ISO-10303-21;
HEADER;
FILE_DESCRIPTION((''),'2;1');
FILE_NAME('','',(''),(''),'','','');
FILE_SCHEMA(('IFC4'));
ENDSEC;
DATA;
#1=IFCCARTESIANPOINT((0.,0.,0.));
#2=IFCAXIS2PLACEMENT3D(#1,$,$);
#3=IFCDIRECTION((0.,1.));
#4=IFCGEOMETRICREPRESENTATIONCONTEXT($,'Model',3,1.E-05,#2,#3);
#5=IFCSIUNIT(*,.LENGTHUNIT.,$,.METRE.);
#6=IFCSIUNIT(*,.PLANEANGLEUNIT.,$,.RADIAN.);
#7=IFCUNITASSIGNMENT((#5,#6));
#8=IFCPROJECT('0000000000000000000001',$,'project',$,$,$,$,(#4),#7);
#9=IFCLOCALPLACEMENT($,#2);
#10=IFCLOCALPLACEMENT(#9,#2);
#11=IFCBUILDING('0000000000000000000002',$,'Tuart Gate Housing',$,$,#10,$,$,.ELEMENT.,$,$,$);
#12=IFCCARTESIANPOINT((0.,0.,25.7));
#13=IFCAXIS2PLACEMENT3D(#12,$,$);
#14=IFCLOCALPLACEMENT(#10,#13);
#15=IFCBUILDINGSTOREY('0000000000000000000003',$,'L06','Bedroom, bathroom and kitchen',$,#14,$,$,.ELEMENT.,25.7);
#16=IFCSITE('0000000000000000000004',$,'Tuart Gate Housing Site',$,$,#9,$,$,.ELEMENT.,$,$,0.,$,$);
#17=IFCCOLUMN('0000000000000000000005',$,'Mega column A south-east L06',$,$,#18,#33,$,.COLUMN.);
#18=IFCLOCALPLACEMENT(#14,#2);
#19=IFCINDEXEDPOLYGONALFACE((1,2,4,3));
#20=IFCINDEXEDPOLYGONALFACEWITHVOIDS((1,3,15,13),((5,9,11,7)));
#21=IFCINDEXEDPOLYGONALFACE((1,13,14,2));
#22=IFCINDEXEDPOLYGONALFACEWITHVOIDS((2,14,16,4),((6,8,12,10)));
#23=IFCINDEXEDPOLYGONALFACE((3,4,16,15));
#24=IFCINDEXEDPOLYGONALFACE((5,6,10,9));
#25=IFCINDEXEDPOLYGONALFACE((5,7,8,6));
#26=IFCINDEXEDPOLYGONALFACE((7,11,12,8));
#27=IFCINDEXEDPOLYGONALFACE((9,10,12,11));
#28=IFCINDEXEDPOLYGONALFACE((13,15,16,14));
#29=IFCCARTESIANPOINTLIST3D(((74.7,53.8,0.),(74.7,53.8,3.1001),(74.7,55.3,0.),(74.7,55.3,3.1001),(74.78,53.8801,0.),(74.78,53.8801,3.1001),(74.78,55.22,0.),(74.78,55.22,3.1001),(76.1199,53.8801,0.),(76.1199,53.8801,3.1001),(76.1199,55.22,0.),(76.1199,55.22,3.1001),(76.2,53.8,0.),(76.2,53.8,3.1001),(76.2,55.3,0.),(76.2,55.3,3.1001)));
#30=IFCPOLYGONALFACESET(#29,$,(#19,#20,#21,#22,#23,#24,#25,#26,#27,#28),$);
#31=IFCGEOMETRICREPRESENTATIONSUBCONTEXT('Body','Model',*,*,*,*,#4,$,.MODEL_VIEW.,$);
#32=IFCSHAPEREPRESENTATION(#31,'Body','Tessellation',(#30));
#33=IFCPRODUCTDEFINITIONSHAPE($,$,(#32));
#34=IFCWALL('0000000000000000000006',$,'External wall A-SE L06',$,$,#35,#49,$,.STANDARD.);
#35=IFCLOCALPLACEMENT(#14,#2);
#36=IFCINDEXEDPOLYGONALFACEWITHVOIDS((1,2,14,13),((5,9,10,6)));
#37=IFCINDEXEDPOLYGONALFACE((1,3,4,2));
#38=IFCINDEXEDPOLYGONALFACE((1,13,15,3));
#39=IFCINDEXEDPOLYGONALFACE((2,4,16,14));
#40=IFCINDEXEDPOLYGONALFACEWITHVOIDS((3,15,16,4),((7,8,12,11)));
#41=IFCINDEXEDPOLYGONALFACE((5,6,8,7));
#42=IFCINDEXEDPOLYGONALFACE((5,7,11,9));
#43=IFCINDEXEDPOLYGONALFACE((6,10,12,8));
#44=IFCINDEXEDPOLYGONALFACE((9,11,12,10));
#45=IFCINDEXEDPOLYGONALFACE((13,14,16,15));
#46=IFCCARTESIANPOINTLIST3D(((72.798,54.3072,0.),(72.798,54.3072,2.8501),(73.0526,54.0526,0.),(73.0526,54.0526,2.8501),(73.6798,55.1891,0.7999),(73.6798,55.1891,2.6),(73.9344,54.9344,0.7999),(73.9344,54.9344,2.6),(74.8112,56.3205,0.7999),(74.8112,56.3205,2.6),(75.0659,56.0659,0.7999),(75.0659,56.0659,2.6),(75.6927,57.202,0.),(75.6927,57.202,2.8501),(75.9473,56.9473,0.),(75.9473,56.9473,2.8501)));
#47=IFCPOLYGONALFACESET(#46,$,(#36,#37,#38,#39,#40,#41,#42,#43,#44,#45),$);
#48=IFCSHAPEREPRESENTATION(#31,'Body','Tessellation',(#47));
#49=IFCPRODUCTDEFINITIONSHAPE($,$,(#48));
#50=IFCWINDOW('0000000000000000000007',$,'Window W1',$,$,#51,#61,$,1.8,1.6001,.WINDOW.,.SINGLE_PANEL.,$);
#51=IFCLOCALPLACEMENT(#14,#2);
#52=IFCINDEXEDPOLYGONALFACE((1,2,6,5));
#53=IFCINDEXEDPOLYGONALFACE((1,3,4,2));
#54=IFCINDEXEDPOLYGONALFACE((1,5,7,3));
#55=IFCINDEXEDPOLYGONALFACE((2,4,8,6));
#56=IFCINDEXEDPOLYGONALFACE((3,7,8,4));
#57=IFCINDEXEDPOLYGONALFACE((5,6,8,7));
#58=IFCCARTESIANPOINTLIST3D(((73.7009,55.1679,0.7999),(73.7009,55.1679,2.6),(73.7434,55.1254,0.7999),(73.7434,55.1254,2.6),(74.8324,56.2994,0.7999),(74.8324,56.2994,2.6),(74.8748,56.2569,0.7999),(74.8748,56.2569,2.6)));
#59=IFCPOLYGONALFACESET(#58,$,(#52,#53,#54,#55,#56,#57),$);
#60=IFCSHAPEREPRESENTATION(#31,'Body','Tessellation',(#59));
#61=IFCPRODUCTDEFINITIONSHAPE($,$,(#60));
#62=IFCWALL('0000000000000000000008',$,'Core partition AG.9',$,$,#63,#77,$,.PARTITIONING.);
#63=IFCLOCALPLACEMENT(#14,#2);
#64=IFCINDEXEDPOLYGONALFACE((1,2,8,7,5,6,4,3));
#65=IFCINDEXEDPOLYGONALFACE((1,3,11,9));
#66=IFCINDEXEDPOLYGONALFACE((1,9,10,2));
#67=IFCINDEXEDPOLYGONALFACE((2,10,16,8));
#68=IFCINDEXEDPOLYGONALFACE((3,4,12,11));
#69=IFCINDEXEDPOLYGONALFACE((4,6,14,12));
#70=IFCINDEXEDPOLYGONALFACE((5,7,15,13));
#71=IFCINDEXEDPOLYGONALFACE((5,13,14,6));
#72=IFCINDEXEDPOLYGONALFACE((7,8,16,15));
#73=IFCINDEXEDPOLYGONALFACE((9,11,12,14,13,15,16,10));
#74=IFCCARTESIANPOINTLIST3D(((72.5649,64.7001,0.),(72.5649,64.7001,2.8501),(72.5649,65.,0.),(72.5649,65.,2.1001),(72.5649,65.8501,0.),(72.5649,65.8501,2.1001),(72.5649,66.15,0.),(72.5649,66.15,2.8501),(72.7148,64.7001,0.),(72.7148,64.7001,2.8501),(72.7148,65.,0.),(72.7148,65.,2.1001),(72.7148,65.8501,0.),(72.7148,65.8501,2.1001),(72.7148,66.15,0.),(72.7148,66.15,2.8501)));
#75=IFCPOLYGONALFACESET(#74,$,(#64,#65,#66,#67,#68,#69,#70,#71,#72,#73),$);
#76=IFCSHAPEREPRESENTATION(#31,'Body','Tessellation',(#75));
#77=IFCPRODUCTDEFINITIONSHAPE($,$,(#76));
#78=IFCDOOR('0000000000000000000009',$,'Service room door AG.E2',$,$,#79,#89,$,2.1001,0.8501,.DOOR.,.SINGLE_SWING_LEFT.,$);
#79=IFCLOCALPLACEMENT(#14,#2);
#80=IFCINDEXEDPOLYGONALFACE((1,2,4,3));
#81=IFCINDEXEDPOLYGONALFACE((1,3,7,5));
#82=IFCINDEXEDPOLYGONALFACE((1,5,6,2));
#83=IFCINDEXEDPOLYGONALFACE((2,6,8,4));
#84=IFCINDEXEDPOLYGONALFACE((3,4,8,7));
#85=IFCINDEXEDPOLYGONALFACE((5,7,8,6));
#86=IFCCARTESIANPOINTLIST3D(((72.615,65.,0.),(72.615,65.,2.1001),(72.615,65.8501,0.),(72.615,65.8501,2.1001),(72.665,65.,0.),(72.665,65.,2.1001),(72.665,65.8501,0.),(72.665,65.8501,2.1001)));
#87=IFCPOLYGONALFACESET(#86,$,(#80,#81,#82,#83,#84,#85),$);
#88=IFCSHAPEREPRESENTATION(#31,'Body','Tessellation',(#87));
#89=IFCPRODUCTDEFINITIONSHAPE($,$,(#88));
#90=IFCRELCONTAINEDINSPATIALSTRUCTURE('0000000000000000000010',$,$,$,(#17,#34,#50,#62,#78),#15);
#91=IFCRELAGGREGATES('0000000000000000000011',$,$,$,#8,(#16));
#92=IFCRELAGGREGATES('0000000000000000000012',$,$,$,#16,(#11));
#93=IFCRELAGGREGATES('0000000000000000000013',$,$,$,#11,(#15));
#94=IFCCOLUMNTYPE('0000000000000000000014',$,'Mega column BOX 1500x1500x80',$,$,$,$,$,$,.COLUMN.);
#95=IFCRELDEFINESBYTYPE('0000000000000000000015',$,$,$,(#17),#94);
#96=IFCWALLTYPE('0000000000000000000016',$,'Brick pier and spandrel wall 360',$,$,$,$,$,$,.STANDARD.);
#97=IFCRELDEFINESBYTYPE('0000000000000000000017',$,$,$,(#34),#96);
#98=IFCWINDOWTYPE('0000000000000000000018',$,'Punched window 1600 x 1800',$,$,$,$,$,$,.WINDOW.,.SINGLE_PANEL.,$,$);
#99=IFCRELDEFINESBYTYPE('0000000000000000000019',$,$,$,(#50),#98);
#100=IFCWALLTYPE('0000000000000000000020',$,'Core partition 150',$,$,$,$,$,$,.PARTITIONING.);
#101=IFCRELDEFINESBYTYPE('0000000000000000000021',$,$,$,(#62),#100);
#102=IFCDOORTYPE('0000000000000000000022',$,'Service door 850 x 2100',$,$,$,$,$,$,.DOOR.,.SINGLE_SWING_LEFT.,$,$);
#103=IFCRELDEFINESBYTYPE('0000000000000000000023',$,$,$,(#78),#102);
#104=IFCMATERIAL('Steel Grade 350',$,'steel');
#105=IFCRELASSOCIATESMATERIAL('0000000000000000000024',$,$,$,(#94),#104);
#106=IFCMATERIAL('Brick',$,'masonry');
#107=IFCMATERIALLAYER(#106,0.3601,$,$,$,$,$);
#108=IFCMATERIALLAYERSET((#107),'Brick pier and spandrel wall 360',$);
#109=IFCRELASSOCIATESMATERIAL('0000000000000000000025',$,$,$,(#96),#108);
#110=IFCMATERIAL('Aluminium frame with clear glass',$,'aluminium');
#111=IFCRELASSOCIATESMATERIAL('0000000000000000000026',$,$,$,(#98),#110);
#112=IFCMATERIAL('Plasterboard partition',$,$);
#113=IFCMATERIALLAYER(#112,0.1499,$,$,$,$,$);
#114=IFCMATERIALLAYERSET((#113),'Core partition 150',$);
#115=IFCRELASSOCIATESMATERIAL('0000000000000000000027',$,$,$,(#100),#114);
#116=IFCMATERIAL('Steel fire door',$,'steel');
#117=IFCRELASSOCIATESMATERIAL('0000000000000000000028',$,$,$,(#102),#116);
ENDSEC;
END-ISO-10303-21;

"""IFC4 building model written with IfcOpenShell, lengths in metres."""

from ifc_helpers import new_model, si_unit, direction, frame, frame_2d, origin, origin_2d, place, context, subcontext, project, spatial, rectangle, hollow_rectangle, extrude, material, layer, layer_set, material_profile, profile_set, type_object, element, fill, save


model = new_model("IFC4")

# Units and contexts
model_context = context("Model", 3, precision=1e-05, world=origin(), true_north=direction((0.0, 1.0)))
body_context = subcontext(model_context, "Body", "Model", "MODEL_VIEW")
ifc_project = project(units=[si_unit("LENGTHUNIT", "METRE"), si_unit("PLANEANGLEUNIT", "RADIAN")], contexts=[model_context])

# Site, building, storey
site_placement = place(None, origin())
site = spatial("IfcSite", under=ifc_project, at=site_placement, Name="Tuart Gate Housing Site", CompositionType="ELEMENT", RefElevation=0.0)
building_placement = place(site_placement, origin())
building = spatial("IfcBuilding", under=site, at=building_placement, Name="Tuart Gate Housing", CompositionType="ELEMENT")
storey_placement = place(building_placement, frame((0.0, 0.0, 25.7)))
storey = spatial("IfcBuildingStorey", under=building, at=storey_placement, Name="L06", Description="Bedroom, bathroom and kitchen", CompositionType="ELEMENT", Elevation=25.7)

# Column
ifc_material_1 = material(Name="Steel Grade 350", Category="steel")
ifc_material_profile = material_profile(ifc_material_1, hollow_rectangle(XDim=1.5, YDim=1.5, WallThickness=0.0801, at=origin_2d()), Name="BOX 1500x1500x80")
ifc_profile_set = profile_set([ifc_material_profile], Name="Steel Grade 350")
column_type = type_object("IfcColumnType", Name="Mega column BOX 1500x1500x80", PredefinedType="COLUMN", material=ifc_profile_set)
column_placement = place(storey_placement, frame((75.45, 54.55, 0.0), z_axis=(0.0, 0.0, 1.0), x_axis=(1.0, 0.0, 0.0)))
element("IfcColumn", 1, at=column_placement, inside=storey, type_object=column_type, Name="Mega column A south-east L06", PredefinedType="COLUMN", context=body_context, shape_type="SweptSolid", body=[
    extrude(hollow_rectangle(XDim=1.5, YDim=1.5, WallThickness=0.0801, at=origin_2d()), origin(), (0.0, 0.0, 1.0), 3.1001),
])

# Wall, opening, window
ifc_material_2 = material(Name="Brick", Category="masonry")
ifc_layer_1 = layer(ifc_material_2, 0.3601)
ifc_layer_set_1 = layer_set([ifc_layer_1], Name="Brick pier and spandrel wall 360")
wall_type_1 = type_object("IfcWallType", Name="Brick pier and spandrel wall 360", PredefinedType="STANDARD", material=ifc_layer_set_1)
wall_1_placement = place(storey_placement, frame((72.9253, 54.1799, 0.0), z_axis=(0.0, 0.0, 1.0), x_axis=(0.707107, 0.707107, 0.0)))
wall_1 = element("IfcWall", 2, at=wall_1_placement, inside=storey, type_object=wall_type_1, Name="External wall A-SE L06", PredefinedType="STANDARD", context=body_context, shape_type="SweptSolid", body=[
    extrude(rectangle(XDim=4.0938, YDim=0.3601, at=frame_2d((2.0469, 0.0))), origin(), (0.0, 0.0, 1.0), 2.8501),
])
opening_1_placement = place(wall_1_placement, frame((1.2471, 0.0, 0.8)))
opening_1 = element("IfcOpeningElement", 3, at=opening_1_placement, cuts=wall_1, PredefinedType="OPENING", context=body_context, shape_type="SweptSolid", body=[
    extrude(rectangle(XDim=1.6001, YDim=1.8, at=frame_2d((0.8, 0.8999))), frame((0.0, 0.1899, 0.0), z_axis=(0.0, -1.0, 0.0), x_axis=(1.0, 0.0, 0.0)), (0.0, 0.0, 1.0), 0.3801),
])
ifc_material_3 = material(Name="Aluminium frame with clear glass", Category="aluminium")
window_type = type_object("IfcWindowType", Name="Punched window 1600 x 1800", PartitioningType="SINGLE_PANEL", PredefinedType="WINDOW", material=ifc_material_3)
window_placement = place(opening_1_placement, origin())
window = element("IfcWindow", 4, at=window_placement, inside=storey, type_object=window_type, Name="Window W1", OverallHeight=1.8, OverallWidth=1.6001, PartitioningType="SINGLE_PANEL", PredefinedType="WINDOW", context=body_context, shape_type="SweptSolid", body=[
    extrude(rectangle(XDim=1.6001, YDim=1.8, at=frame_2d((0.8, 0.8999))), frame((0.0, 0.1501, 0.0), z_axis=(0.0, -1.0, 0.0), x_axis=(1.0, 0.0, 0.0)), (0.0, 0.0, 1.0), 0.0601),
])
fill(opening_1, window)

# Wall, opening, door
ifc_material_4 = material(Name="Plasterboard partition")
ifc_layer_2 = layer(ifc_material_4, 0.1499)
ifc_layer_set_2 = layer_set([ifc_layer_2], Name="Core partition 150")
wall_type_2 = type_object("IfcWallType", Name="Core partition 150", PredefinedType="PARTITIONING", material=ifc_layer_set_2)
wall_2_placement = place(storey_placement, frame((72.6399, 64.7, 0.0), z_axis=(0.0, 0.0, 1.0), x_axis=(0.0, 1.0, 0.0)))
wall_2 = element("IfcWall", 5, at=wall_2_placement, inside=storey, type_object=wall_type_2, Name="Core partition AG.9", PredefinedType="PARTITIONING", context=body_context, shape_type="SweptSolid", body=[
    extrude(rectangle(XDim=1.45, YDim=0.1499, at=frame_2d((0.7251, 0.0))), origin(), (0.0, 0.0, 1.0), 2.8501),
])
opening_2_placement = place(wall_2_placement, frame((0.3, 0.0, 0.0)))
opening_2 = element("IfcOpeningElement", 6, at=opening_2_placement, cuts=wall_2, PredefinedType="OPENING", context=body_context, shape_type="SweptSolid", body=[
    extrude(rectangle(XDim=0.8501, YDim=2.1001, at=frame_2d((0.425, 1.05))), frame((0.0, 0.085, 0.0), z_axis=(0.0, -1.0, 0.0), x_axis=(1.0, 0.0, 0.0)), (0.0, 0.0, 1.0), 0.1699),
])
ifc_material_5 = material(Name="Steel fire door", Category="steel")
door_type = type_object("IfcDoorType", Name="Service door 850 x 2100", OperationType="SINGLE_SWING_LEFT", PredefinedType="DOOR", material=ifc_material_5)
door_placement = place(opening_2_placement, origin())
door = element("IfcDoor", 7, at=door_placement, inside=storey, type_object=door_type, Name="Service room door AG.E2", OperationType="SINGLE_SWING_LEFT", OverallHeight=2.1001, OverallWidth=0.8501, PredefinedType="DOOR", context=body_context, shape_type="SweptSolid", body=[
    extrude(rectangle(XDim=0.8501, YDim=2.1001, at=frame_2d((0.425, 1.05))), frame((0.0, 0.0249, 0.0), z_axis=(0.0, -1.0, 0.0), x_axis=(1.0, 0.0, 0.0)), (0.0, 0.0, 1.0), 0.05),
])
fill(opening_2, door)

save(model, "model.ifc")
